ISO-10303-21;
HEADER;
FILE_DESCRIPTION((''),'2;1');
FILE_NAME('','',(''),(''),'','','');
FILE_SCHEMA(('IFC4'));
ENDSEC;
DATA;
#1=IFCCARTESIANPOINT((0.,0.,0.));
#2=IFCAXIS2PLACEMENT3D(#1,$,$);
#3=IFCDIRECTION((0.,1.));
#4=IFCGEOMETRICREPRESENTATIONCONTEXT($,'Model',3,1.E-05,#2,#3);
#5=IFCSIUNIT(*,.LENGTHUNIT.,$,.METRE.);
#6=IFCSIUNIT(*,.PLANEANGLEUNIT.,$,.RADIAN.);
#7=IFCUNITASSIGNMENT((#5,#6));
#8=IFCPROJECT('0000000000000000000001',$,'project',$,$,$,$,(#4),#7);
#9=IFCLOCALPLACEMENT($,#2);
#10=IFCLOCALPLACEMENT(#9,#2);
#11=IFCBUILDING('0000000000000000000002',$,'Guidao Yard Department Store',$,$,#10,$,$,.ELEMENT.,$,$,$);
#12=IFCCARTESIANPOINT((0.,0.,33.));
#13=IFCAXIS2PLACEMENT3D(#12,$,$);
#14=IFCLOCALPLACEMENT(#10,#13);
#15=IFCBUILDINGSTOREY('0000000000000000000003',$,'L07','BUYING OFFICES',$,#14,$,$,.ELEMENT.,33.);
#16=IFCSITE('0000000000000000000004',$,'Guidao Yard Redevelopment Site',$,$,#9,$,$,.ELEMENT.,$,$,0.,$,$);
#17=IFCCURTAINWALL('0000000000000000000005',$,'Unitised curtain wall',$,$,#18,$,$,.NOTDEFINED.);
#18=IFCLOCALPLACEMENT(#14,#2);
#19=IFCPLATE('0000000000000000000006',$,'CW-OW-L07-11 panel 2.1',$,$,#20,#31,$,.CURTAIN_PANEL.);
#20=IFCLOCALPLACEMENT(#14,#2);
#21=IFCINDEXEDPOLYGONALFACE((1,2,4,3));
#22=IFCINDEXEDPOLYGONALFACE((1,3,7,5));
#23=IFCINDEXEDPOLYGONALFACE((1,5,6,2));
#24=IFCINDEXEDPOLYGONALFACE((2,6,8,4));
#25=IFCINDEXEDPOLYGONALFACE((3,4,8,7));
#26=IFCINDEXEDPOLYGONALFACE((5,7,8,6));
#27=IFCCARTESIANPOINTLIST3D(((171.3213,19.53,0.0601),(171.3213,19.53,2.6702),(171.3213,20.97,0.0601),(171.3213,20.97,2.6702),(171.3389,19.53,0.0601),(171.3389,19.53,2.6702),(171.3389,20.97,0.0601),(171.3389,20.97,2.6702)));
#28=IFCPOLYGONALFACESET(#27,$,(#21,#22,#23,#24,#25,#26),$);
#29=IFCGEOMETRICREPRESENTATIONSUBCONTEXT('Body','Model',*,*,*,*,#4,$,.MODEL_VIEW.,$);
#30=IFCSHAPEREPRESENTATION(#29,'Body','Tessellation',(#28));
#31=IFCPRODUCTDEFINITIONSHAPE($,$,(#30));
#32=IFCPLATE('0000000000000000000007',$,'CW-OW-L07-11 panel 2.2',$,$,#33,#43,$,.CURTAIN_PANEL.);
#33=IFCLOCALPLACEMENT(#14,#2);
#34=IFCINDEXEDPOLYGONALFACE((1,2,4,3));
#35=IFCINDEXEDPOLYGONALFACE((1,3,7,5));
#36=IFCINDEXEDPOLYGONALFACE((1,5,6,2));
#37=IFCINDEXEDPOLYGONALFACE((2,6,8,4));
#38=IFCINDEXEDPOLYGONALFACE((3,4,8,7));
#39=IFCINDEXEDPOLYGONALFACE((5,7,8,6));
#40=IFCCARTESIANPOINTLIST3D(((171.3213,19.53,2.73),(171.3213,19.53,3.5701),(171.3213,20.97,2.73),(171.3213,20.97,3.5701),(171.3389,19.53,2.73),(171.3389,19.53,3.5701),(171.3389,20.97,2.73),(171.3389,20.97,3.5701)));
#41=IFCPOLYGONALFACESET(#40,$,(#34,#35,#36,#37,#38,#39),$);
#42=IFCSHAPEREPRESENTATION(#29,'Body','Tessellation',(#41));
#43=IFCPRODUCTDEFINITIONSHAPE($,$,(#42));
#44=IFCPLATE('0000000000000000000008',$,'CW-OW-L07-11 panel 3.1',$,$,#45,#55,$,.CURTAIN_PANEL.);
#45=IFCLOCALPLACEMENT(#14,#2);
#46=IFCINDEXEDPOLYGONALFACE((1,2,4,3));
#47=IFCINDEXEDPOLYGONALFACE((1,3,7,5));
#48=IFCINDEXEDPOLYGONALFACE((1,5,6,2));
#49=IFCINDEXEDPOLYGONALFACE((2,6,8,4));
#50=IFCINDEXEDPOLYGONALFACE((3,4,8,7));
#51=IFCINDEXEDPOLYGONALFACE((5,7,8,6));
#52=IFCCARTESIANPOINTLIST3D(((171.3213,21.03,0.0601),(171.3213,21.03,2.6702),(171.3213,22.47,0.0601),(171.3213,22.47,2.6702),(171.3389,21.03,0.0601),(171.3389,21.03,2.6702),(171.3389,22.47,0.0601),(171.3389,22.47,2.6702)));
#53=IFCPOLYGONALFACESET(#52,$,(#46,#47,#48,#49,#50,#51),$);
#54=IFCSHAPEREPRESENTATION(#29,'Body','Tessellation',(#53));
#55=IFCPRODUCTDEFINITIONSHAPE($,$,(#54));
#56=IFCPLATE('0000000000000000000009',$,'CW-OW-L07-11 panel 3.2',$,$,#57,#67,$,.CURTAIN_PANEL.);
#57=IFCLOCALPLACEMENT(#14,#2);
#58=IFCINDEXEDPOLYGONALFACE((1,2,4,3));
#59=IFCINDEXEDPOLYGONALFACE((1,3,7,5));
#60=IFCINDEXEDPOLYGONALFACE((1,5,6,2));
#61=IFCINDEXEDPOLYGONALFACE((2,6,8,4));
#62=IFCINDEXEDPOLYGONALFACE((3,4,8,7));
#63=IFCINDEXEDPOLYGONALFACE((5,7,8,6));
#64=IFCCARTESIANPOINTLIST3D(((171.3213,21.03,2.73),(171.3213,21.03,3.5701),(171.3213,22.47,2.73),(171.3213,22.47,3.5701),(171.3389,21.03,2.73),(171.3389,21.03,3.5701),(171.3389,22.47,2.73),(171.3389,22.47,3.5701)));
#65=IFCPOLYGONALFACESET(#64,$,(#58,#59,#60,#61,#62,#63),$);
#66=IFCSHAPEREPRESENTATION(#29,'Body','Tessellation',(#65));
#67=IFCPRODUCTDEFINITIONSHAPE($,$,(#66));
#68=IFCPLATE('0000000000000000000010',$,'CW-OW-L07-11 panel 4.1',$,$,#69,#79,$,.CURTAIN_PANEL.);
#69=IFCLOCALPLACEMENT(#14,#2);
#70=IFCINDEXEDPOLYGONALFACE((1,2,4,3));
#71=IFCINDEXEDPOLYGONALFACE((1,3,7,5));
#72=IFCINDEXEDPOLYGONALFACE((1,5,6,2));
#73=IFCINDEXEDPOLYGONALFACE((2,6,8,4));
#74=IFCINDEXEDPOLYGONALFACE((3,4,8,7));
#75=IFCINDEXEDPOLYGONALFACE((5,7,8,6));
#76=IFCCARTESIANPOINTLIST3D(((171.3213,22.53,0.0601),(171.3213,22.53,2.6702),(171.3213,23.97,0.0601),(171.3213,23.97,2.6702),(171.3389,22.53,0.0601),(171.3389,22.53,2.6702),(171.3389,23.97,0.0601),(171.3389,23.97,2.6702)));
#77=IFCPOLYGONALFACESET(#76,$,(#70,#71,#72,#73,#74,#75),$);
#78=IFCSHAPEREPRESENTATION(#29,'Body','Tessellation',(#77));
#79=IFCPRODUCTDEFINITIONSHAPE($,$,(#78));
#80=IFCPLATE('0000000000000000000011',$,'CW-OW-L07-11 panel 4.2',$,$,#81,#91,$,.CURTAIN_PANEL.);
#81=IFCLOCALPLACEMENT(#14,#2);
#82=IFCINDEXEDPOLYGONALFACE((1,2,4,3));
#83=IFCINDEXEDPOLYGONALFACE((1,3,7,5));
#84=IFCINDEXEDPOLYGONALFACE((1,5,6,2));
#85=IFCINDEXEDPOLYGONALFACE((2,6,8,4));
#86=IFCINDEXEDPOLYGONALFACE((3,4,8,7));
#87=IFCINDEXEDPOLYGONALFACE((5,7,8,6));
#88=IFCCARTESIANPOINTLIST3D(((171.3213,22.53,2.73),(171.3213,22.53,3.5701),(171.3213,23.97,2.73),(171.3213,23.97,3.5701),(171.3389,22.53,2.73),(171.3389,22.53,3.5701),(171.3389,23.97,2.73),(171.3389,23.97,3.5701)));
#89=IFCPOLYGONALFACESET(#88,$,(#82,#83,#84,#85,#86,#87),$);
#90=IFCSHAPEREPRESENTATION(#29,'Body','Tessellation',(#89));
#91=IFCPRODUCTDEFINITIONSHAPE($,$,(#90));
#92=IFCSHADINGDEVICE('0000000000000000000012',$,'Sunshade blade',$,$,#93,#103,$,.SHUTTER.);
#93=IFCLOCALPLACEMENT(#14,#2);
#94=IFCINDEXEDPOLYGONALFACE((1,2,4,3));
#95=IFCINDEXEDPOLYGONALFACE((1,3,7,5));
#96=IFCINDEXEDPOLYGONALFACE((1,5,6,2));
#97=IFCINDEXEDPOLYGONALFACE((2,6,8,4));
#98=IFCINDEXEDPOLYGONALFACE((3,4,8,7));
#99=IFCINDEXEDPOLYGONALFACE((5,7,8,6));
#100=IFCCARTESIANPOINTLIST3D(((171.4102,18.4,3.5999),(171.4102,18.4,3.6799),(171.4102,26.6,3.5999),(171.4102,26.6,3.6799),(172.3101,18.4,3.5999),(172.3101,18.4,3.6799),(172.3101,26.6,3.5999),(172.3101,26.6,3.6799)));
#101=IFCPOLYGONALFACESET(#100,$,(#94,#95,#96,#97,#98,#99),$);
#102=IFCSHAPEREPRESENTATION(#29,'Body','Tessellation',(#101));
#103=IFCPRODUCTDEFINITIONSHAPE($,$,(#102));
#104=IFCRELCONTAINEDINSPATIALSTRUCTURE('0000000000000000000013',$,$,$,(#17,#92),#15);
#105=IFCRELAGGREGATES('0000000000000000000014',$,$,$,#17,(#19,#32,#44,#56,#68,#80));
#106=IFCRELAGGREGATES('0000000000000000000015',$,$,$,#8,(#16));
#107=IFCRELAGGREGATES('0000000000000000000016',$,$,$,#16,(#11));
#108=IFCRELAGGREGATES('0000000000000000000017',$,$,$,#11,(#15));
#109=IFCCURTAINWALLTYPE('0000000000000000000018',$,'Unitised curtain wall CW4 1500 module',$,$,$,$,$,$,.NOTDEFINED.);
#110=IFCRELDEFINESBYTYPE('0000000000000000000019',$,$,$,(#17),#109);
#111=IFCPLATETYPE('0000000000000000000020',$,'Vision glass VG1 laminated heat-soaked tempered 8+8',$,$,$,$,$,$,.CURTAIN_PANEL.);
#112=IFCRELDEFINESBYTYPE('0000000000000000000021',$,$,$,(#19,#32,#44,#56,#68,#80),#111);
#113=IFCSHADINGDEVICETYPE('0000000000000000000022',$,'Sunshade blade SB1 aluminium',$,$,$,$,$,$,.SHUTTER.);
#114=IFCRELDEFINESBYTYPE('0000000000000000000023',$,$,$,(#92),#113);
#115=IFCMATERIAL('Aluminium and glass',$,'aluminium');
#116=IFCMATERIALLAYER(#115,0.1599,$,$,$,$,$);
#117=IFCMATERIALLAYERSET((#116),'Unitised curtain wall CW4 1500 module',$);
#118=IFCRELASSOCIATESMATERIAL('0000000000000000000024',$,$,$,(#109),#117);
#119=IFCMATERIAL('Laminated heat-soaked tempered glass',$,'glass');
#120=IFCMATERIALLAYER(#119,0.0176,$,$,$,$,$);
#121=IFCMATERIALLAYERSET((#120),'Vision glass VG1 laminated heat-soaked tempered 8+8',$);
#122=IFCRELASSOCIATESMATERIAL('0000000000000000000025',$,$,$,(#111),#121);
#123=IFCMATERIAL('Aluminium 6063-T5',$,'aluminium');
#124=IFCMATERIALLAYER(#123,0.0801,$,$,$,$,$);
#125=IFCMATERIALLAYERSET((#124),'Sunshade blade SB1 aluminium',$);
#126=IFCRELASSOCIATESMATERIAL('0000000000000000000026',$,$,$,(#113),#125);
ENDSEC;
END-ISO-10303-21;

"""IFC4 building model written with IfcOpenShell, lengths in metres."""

from ifc_helpers import new_model, si_unit, direction, frame, origin, origin_2d, place, context, subcontext, project, spatial, rectangle, extrude, material, layer, layer_set, type_object, element, aggregate, save


model = new_model("IFC4")

# Units and contexts
model_context = context("Model", 3, precision=1e-05, world=origin(), true_north=direction((0.0, 1.0)))
body_context = subcontext(model_context, "Body", "Model", "MODEL_VIEW")
ifc_project = project(units=[si_unit("LENGTHUNIT", "METRE"), si_unit("PLANEANGLEUNIT", "RADIAN")], contexts=[model_context])

# Site, building, storey
site_placement = place(None, origin())
site = spatial("IfcSite", under=ifc_project, at=site_placement, Name="Guidao Yard Redevelopment Site", CompositionType="ELEMENT", RefElevation=0.0)
building_placement = place(site_placement, origin())
building = spatial("IfcBuilding", under=site, at=building_placement, Name="Guidao Yard Department Store", CompositionType="ELEMENT")
storey_placement = place(building_placement, frame((0.0, 0.0, 33.0)))
storey = spatial("IfcBuildingStorey", under=building, at=storey_placement, Name="L07", Description="BUYING OFFICES", CompositionType="ELEMENT", Elevation=33.0)

# Curtain wall, plates
ifc_material_1 = material(Name="Aluminium and glass", Category="aluminium")
ifc_layer_1 = layer(ifc_material_1, 0.1599)
ifc_layer_set_1 = layer_set([ifc_layer_1], Name="Unitised curtain wall CW4 1500 module")
curtain_wall_type = type_object("IfcCurtainWallType", Name="Unitised curtain wall CW4 1500 module", PredefinedType="NOTDEFINED", material=ifc_layer_set_1)
curtain_wall_placement = place(storey_placement, origin())
curtain_wall = element("IfcCurtainWall", 1, at=curtain_wall_placement, inside=storey, type_object=curtain_wall_type, Name="Unitised curtain wall", PredefinedType="NOTDEFINED")
ifc_material_2 = material(Name="Laminated heat-soaked tempered glass", Category="glass")
ifc_layer_2 = layer(ifc_material_2, 0.0176)
ifc_layer_set_2 = layer_set([ifc_layer_2], Name="Vision glass VG1 laminated heat-soaked tempered 8+8")
plate_type_1 = type_object("IfcPlateType", Name="Vision glass VG1 laminated heat-soaked tempered 8+8", PredefinedType="CURTAIN_PANEL", material=ifc_layer_set_2)
plate_1_placement = place(storey_placement, frame((171.3301, 20.25, 0.0601), z_axis=(0.0, 0.0, 1.0), x_axis=(0.0, -1.0, 0.0)))
plate_1 = element("IfcPlate", 2, at=plate_1_placement, type_object=plate_type_1, Name="CW-OW-L07-11 panel 2.1", PredefinedType="CURTAIN_PANEL", context=body_context, shape_type="SweptSolid", body=[
    extrude(rectangle(XDim=1.4399, YDim=0.0176, at=origin_2d()), origin(), (0.0, 0.0, 1.0), 2.6101),
])
plate_2_placement = place(storey_placement, frame((171.3301, 20.25, 2.73), z_axis=(0.0, 0.0, 1.0), x_axis=(0.0, -1.0, 0.0)))
plate_2 = element("IfcPlate", 3, at=plate_2_placement, type_object=plate_type_1, Name="CW-OW-L07-11 panel 2.2", PredefinedType="CURTAIN_PANEL", context=body_context, shape_type="SweptSolid", body=[
    extrude(rectangle(XDim=1.4399, YDim=0.0176, at=origin_2d()), origin(), (0.0, 0.0, 1.0), 0.8401),
])
plate_3_placement = place(storey_placement, frame((171.3301, 21.75, 0.0601), z_axis=(0.0, 0.0, 1.0), x_axis=(0.0, -1.0, 0.0)))
plate_3 = element("IfcPlate", 4, at=plate_3_placement, type_object=plate_type_1, Name="CW-OW-L07-11 panel 3.1", PredefinedType="CURTAIN_PANEL", context=body_context, shape_type="SweptSolid", body=[
    extrude(rectangle(XDim=1.4399, YDim=0.0176, at=origin_2d()), origin(), (0.0, 0.0, 1.0), 2.6101),
])
plate_4_placement = place(storey_placement, frame((171.3301, 21.75, 2.73), z_axis=(0.0, 0.0, 1.0), x_axis=(0.0, -1.0, 0.0)))
plate_4 = element("IfcPlate", 5, at=plate_4_placement, type_object=plate_type_1, Name="CW-OW-L07-11 panel 3.2", PredefinedType="CURTAIN_PANEL", context=body_context, shape_type="SweptSolid", body=[
    extrude(rectangle(XDim=1.4399, YDim=0.0176, at=origin_2d()), origin(), (0.0, 0.0, 1.0), 0.8401),
])
plate_5_placement = place(storey_placement, frame((171.3301, 23.25, 0.0601), z_axis=(0.0, 0.0, 1.0), x_axis=(0.0, -1.0, 0.0)))
plate_5 = element("IfcPlate", 6, at=plate_5_placement, type_object=plate_type_1, Name="CW-OW-L07-11 panel 4.1", PredefinedType="CURTAIN_PANEL", context=body_context, shape_type="SweptSolid", body=[
    extrude(rectangle(XDim=1.4399, YDim=0.0176, at=origin_2d()), origin(), (0.0, 0.0, 1.0), 2.6101),
])
plate_6_placement = place(storey_placement, frame((171.3301, 23.25, 2.73), z_axis=(0.0, 0.0, 1.0), x_axis=(0.0, -1.0, 0.0)))
plate_6 = element("IfcPlate", 7, at=plate_6_placement, type_object=plate_type_1, Name="CW-OW-L07-11 panel 4.2", PredefinedType="CURTAIN_PANEL", context=body_context, shape_type="SweptSolid", body=[
    extrude(rectangle(XDim=1.4399, YDim=0.0176, at=origin_2d()), origin(), (0.0, 0.0, 1.0), 0.8401),
])
aggregate(curtain_wall, [plate_1, plate_2, plate_3, plate_4, plate_5, plate_6])

# Shading device
ifc_material_3 = material(Name="Aluminium 6063-T5", Category="aluminium")
ifc_layer_3 = layer(ifc_material_3, 0.0801)
ifc_layer_set_3 = layer_set([ifc_layer_3], Name="Sunshade blade SB1 aluminium")
shading_device_type = type_object("IfcShadingDeviceType", Name="Sunshade blade SB1 aluminium", PredefinedType="SHUTTER", material=ifc_layer_set_3)
shading_device_placement = place(storey_placement, frame((171.8601, 22.5, 3.5999), z_axis=(0.0, 0.0, 1.0), x_axis=(0.0, -1.0, 0.0)))
element("IfcShadingDevice", 8, at=shading_device_placement, inside=storey, type_object=shading_device_type, Name="Sunshade blade", PredefinedType="SHUTTER", context=body_context, shape_type="SweptSolid", body=[
    extrude(rectangle(XDim=8.2, YDim=0.8999, at=origin_2d()), origin(), (0.0, 0.0, 1.0), 0.0801),
])

save(model, "model.ifc")
